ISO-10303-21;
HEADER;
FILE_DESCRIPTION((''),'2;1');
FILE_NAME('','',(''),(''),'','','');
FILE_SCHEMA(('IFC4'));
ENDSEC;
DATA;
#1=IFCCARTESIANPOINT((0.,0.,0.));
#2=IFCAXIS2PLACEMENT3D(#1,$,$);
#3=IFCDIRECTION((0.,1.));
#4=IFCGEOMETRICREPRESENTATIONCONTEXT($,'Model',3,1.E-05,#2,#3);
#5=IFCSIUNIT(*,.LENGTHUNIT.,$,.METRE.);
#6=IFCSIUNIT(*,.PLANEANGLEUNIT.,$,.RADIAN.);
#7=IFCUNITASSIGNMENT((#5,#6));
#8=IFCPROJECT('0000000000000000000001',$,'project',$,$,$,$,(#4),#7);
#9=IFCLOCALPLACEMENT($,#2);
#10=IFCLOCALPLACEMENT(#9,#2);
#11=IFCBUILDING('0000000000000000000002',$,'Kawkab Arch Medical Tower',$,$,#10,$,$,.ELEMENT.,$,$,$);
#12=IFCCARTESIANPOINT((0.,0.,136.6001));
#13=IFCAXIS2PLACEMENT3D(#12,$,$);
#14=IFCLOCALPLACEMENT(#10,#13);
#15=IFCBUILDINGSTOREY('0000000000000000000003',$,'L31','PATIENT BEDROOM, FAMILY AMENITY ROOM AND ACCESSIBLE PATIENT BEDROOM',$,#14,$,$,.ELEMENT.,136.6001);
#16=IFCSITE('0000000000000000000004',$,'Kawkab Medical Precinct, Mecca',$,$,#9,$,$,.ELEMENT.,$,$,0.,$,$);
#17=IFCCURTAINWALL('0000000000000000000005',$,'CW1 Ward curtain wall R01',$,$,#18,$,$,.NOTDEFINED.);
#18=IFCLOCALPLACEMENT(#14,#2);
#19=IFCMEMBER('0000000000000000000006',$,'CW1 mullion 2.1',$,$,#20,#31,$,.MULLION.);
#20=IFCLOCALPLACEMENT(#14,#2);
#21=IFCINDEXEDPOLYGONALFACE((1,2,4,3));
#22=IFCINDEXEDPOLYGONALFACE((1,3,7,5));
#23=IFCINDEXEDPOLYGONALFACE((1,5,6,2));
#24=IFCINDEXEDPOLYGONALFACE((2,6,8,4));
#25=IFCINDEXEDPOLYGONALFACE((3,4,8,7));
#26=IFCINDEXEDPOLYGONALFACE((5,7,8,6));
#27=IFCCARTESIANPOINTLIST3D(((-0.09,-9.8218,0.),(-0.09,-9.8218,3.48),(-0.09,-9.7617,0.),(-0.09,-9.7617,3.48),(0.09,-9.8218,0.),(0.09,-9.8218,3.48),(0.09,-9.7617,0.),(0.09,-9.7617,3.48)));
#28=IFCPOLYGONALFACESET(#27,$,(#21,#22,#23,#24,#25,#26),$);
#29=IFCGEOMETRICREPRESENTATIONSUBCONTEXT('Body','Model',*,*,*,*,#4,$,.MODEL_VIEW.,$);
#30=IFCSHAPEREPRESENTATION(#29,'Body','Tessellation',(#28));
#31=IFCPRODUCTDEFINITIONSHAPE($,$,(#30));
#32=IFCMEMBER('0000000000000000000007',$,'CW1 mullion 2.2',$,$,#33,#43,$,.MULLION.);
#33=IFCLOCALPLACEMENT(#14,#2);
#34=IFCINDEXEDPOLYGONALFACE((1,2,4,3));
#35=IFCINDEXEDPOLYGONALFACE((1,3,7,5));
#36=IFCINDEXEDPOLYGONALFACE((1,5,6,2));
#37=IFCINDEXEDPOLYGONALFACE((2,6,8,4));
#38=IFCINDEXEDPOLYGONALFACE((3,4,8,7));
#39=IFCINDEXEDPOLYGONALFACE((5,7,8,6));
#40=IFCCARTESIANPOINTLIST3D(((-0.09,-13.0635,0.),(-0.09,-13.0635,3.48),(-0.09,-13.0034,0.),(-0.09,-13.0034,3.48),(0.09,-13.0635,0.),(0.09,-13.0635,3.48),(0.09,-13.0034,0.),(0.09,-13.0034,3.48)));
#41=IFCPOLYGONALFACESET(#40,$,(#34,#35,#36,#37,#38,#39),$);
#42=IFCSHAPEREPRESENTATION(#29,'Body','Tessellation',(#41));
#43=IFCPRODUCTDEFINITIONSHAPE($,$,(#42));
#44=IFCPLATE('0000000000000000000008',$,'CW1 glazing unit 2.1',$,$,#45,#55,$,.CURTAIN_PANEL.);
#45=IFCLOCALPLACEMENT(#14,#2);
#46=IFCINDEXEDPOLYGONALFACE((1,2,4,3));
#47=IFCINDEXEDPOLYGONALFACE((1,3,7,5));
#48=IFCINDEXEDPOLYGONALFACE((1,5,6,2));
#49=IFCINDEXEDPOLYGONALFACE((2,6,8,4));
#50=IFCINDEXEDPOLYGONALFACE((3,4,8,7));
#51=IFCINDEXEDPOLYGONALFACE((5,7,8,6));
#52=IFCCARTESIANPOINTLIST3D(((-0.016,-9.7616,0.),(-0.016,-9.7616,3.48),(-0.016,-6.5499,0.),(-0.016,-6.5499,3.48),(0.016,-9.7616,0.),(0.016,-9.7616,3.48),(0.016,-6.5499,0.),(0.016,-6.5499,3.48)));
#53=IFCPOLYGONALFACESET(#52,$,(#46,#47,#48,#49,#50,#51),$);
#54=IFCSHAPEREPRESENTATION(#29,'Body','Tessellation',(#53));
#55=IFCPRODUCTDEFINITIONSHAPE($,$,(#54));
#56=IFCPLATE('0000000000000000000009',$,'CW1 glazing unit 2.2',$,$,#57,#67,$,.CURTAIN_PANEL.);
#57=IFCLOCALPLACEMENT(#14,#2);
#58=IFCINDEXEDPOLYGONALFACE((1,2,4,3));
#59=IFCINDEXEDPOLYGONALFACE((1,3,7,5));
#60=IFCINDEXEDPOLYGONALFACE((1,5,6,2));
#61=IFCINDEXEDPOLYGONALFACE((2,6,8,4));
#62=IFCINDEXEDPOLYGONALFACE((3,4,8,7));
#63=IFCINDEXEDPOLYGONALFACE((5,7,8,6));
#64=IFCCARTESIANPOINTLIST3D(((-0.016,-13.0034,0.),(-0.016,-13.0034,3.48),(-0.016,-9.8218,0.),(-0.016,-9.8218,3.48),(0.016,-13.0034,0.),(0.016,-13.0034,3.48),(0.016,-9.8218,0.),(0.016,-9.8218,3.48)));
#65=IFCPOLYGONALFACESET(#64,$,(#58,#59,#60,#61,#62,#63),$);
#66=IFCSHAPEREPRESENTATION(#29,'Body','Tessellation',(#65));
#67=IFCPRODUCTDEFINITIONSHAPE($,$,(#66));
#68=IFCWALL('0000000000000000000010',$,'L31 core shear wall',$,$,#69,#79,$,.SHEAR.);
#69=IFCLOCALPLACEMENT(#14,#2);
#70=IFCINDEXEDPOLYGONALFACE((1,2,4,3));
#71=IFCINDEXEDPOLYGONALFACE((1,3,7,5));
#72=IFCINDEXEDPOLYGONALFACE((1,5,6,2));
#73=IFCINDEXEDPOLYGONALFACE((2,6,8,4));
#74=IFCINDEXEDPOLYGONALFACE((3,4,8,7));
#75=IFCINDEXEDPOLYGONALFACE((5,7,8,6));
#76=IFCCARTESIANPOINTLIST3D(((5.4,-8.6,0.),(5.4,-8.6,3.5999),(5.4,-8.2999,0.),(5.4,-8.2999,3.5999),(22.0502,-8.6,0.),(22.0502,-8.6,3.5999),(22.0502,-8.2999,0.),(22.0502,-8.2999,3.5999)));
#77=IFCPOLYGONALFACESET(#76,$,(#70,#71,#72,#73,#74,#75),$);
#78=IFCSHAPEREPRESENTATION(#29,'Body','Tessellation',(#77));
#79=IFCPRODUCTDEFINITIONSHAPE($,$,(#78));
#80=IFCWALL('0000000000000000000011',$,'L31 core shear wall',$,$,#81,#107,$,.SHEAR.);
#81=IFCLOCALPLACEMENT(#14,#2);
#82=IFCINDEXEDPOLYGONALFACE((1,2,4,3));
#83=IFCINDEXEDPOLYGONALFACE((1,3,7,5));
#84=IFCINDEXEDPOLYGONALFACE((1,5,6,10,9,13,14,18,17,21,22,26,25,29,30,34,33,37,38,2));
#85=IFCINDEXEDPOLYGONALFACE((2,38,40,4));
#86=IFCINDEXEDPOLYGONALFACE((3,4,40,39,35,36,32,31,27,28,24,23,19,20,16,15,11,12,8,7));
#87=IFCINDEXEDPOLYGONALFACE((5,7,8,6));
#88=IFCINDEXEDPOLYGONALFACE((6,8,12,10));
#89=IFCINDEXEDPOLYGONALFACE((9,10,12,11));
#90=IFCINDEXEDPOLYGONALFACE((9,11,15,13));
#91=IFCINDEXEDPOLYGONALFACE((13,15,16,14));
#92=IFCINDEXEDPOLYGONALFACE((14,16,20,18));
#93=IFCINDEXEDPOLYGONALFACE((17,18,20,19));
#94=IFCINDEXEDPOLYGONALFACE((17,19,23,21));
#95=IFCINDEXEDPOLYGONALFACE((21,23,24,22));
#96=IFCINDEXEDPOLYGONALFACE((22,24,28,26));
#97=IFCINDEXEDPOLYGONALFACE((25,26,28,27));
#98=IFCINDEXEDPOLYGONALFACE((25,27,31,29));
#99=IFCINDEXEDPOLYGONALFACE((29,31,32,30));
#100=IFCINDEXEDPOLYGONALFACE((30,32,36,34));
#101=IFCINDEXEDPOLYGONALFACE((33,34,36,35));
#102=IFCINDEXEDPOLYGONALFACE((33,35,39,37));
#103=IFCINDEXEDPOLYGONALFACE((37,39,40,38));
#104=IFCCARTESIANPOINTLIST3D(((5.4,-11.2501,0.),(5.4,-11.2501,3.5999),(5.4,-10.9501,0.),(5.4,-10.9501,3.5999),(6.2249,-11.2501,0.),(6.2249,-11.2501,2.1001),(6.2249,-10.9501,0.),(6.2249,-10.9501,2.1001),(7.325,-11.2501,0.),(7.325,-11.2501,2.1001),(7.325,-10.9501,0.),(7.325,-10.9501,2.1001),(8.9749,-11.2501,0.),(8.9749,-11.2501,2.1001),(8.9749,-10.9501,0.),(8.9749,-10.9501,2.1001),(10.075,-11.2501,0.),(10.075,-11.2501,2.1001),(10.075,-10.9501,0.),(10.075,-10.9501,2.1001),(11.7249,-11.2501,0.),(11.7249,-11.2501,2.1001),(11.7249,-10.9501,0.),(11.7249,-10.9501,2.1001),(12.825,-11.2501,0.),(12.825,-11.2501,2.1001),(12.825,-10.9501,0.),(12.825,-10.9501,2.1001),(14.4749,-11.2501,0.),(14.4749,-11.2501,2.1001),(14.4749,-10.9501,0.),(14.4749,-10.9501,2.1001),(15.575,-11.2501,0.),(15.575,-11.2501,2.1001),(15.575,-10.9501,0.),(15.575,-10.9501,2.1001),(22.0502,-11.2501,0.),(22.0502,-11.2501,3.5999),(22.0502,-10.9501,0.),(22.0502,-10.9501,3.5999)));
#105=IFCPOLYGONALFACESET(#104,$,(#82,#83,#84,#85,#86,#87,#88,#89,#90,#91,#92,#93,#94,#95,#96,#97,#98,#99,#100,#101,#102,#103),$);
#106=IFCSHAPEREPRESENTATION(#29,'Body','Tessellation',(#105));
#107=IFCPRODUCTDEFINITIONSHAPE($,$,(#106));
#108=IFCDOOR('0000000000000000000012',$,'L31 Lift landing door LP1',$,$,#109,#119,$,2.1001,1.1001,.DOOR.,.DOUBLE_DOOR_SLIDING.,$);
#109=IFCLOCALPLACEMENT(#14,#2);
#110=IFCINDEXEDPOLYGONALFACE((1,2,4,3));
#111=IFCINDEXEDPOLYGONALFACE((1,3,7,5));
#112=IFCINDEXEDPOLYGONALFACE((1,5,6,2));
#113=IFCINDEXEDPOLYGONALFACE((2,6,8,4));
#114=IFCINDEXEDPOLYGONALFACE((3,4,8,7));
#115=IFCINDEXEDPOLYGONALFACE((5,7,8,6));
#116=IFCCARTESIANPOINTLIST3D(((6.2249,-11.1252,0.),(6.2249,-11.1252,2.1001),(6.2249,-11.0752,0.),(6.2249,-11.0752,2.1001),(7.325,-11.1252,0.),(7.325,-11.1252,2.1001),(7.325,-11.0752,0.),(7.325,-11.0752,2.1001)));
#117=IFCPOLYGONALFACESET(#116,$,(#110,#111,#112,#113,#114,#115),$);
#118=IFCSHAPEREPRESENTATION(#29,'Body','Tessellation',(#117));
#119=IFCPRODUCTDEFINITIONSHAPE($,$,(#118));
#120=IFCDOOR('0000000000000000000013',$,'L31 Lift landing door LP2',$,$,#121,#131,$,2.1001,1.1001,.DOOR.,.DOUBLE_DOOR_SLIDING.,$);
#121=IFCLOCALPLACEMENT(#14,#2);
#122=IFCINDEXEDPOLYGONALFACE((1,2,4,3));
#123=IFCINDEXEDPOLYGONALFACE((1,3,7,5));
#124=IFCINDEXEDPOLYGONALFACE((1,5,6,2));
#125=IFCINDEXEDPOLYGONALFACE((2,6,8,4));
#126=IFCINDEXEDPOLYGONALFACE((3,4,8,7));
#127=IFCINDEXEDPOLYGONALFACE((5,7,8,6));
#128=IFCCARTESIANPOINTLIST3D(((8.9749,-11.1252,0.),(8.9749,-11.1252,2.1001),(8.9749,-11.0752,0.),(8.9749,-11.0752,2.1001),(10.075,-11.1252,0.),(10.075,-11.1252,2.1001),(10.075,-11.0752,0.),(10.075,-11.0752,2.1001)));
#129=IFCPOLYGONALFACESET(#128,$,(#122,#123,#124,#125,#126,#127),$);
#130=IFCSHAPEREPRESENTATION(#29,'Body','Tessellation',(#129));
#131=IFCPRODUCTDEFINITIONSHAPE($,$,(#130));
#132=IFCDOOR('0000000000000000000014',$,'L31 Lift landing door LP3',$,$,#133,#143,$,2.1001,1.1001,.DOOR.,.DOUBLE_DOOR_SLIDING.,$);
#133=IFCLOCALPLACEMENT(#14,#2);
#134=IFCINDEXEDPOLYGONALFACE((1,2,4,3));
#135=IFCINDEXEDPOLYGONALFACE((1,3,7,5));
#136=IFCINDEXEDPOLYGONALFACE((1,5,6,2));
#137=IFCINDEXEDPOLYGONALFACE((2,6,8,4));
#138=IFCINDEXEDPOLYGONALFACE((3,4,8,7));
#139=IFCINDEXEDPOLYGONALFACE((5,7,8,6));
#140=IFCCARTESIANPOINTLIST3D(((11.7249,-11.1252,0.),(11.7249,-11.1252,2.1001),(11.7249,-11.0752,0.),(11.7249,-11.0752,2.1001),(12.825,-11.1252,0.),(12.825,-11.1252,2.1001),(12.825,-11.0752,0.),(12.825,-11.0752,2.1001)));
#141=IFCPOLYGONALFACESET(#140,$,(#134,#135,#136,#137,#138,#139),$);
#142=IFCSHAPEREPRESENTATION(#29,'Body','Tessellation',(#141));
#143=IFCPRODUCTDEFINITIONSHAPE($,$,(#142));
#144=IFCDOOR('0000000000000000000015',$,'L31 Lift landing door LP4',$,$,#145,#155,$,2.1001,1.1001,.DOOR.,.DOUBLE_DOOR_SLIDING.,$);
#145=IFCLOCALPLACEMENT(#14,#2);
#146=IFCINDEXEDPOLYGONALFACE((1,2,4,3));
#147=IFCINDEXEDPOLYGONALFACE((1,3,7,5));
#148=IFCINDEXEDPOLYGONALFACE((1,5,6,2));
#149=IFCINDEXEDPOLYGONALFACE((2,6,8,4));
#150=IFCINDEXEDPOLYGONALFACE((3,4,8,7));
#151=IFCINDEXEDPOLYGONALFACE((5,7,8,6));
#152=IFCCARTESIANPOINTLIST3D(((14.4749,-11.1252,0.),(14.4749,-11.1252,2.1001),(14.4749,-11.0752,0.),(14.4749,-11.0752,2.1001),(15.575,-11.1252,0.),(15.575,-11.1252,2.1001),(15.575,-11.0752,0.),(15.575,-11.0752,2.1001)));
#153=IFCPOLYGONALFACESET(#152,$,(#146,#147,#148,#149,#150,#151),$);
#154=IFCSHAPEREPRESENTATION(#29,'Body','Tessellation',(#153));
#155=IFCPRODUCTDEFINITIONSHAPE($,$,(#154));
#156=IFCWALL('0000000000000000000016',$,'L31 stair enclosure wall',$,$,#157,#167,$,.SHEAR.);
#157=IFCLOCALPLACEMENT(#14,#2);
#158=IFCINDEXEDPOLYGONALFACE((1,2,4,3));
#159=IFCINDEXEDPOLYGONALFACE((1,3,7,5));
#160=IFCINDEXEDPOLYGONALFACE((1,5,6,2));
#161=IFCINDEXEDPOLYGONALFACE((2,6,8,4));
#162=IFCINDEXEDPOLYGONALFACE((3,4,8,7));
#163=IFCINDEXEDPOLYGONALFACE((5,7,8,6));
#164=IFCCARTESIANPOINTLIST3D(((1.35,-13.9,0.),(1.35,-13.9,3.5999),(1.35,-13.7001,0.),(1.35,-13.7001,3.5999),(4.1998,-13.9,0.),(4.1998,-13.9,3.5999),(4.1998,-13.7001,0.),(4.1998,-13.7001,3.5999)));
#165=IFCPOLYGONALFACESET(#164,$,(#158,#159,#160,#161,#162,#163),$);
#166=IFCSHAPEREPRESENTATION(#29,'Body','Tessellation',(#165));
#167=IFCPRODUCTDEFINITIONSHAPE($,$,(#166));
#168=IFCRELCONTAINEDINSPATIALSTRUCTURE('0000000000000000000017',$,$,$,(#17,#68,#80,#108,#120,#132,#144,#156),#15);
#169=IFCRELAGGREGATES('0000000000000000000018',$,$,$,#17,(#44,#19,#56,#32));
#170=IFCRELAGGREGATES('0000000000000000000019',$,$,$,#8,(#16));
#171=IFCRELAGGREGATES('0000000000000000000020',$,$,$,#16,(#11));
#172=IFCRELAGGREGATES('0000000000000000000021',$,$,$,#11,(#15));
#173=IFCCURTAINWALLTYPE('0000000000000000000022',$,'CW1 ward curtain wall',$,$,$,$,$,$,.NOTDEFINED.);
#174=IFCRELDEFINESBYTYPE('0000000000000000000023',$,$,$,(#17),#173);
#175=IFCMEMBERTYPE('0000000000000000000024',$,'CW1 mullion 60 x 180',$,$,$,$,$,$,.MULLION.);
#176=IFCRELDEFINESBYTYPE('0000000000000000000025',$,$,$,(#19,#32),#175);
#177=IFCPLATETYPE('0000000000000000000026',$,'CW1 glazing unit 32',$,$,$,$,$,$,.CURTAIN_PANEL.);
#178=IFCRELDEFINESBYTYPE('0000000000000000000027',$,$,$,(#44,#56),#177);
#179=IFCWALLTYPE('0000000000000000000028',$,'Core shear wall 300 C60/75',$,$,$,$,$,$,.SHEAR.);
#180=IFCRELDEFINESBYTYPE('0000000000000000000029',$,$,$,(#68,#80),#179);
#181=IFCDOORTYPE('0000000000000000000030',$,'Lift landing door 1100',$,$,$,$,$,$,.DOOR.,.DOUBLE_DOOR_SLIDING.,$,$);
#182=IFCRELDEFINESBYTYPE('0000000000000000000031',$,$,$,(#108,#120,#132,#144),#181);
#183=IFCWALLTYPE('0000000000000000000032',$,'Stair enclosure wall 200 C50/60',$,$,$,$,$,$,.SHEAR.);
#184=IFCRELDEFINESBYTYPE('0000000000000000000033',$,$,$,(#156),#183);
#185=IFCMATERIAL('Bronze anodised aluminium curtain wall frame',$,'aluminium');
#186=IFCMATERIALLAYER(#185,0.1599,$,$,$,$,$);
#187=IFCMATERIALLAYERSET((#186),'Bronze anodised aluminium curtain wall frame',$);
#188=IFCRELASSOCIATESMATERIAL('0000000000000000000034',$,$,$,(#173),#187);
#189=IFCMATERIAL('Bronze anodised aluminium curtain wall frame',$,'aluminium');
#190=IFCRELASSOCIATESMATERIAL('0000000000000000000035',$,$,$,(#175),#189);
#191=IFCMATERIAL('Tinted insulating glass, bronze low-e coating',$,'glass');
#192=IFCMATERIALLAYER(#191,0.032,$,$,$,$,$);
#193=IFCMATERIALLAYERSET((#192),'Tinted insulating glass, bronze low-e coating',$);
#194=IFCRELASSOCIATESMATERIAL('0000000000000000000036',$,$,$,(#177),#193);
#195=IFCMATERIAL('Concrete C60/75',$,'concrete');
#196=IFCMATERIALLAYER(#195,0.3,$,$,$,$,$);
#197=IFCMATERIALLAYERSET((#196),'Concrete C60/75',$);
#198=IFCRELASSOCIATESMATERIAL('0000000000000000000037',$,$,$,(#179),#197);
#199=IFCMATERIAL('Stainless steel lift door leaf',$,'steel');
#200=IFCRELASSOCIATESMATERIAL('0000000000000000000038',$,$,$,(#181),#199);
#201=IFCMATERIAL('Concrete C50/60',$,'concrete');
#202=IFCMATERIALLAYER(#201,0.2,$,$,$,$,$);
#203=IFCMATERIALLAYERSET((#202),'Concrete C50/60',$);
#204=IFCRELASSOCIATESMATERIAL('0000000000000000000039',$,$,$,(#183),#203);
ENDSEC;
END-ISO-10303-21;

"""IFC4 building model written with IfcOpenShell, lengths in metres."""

from ifc_helpers import new_model, si_unit, direction, frame, frame_2d, origin, origin_2d, place, context, subcontext, project, spatial, rectangle, extrude, material, layer, layer_set, material_profile, profile_set, type_object, element, fill, aggregate, save


model = new_model("IFC4")

# Units and contexts
model_context = context("Model", 3, precision=1e-05, world=origin(), true_north=direction((0.0, 1.0)))
body_context = subcontext(model_context, "Body", "Model", "MODEL_VIEW")
ifc_project = project(units=[si_unit("LENGTHUNIT", "METRE"), si_unit("PLANEANGLEUNIT", "RADIAN")], contexts=[model_context])

# Site, building, storey
site_placement = place(None, origin())
site = spatial("IfcSite", under=ifc_project, at=site_placement, Name="Kawkab Medical Precinct, Mecca", CompositionType="ELEMENT", RefElevation=0.0)
building_placement = place(site_placement, origin())
building = spatial("IfcBuilding", under=site, at=building_placement, Name="Kawkab Arch Medical Tower", CompositionType="ELEMENT")
storey_placement = place(building_placement, frame((0.0, 0.0, 136.6001)))
storey = spatial("IfcBuildingStorey", under=building, at=storey_placement, Name="L31", Description="PATIENT BEDROOM, FAMILY AMENITY ROOM AND ACCESSIBLE PATIENT BEDROOM", CompositionType="ELEMENT", Elevation=136.6001)

# Curtain wall, members, plates
ifc_material_1 = material(Name="Bronze anodised aluminium curtain wall frame", Category="aluminium")
ifc_layer_1 = layer(ifc_material_1, 0.1599)
ifc_layer_set_1 = layer_set([ifc_layer_1], Name="Bronze anodised aluminium curtain wall frame")
curtain_wall_type = type_object("IfcCurtainWallType", Name="CW1 ward curtain wall", PredefinedType="NOTDEFINED", material=ifc_layer_set_1)
placement = place(storey_placement, origin())
curtain_wall = element("IfcCurtainWall", 1, at=placement, inside=storey, type_object=curtain_wall_type, Name="CW1 Ward curtain wall R01", PredefinedType="NOTDEFINED")
ifc_material_2 = material(Name="Bronze anodised aluminium curtain wall frame", Category="aluminium")
ifc_material_profile_1 = material_profile(ifc_material_2, rectangle(XDim=0.1799, YDim=0.0601, at=origin_2d()), Name="AL 60x180")
ifc_profile_set_1 = profile_set([ifc_material_profile_1], Name="Bronze anodised aluminium curtain wall frame")
member_type = type_object("IfcMemberType", Name="CW1 mullion 60 x 180", PredefinedType="MULLION", material=ifc_profile_set_1)
member_1_placement = place(storey_placement, frame((0.0, -9.7917, 0.0), z_axis=(0.0, 0.0, 1.0), x_axis=(1.0, 0.0, 0.0)))
member_1 = element("IfcMember", 2, at=member_1_placement, type_object=member_type, Name="CW1 mullion 2.1", PredefinedType="MULLION", context=body_context, shape_type="SweptSolid", body=[
    extrude(rectangle(XDim=0.1799, YDim=0.0601, at=origin_2d()), origin(), (0.0, 0.0, 1.0), 3.48),
])
member_2_placement = place(storey_placement, frame((0.0, -13.0334, 0.0), z_axis=(0.0, 0.0, 1.0), x_axis=(1.0, 0.0, 0.0)))
member_2 = element("IfcMember", 3, at=member_2_placement, type_object=member_type, Name="CW1 mullion 2.2", PredefinedType="MULLION", context=body_context, shape_type="SweptSolid", body=[
    extrude(rectangle(XDim=0.1799, YDim=0.0601, at=origin_2d()), origin(), (0.0, 0.0, 1.0), 3.48),
])
ifc_material_3 = material(Name="Tinted insulating glass, bronze low-e coating", Category="glass")
ifc_layer_2 = layer(ifc_material_3, 0.032)
ifc_layer_set_2 = layer_set([ifc_layer_2], Name="Tinted insulating glass, bronze low-e coating")
plate_type = type_object("IfcPlateType", Name="CW1 glazing unit 32", PredefinedType="CURTAIN_PANEL", material=ifc_layer_set_2)
plate_1_placement = place(storey_placement, frame((0.0, -8.1558, 0.0), z_axis=(0.0, 0.0, 1.0), x_axis=(0.0, -1.0, 0.0)))
plate_1 = element("IfcPlate", 4, at=plate_1_placement, type_object=plate_type, Name="CW1 glazing unit 2.1", PredefinedType="CURTAIN_PANEL", context=body_context, shape_type="SweptSolid", body=[
    extrude(rectangle(XDim=3.2117, YDim=0.032, at=origin_2d()), origin(), (0.0, 0.0, 1.0), 3.48),
])
plate_2_placement = place(storey_placement, frame((0.0, -11.4126, 0.0), z_axis=(0.0, 0.0, 1.0), x_axis=(0.0, -1.0, 0.0)))
plate_2 = element("IfcPlate", 5, at=plate_2_placement, type_object=plate_type, Name="CW1 glazing unit 2.2", PredefinedType="CURTAIN_PANEL", context=body_context, shape_type="SweptSolid", body=[
    extrude(rectangle(XDim=3.1816, YDim=0.032, at=origin_2d()), origin(), (0.0, 0.0, 1.0), 3.48),
])
aggregate(curtain_wall, [plate_1, member_1, plate_2, member_2])

# Wall
ifc_material_4 = material(Name="Concrete C60/75", Category="concrete")
ifc_layer_3 = layer(ifc_material_4, 0.3)
ifc_layer_set_3 = layer_set([ifc_layer_3], Name="Concrete C60/75")
wall_type_1 = type_object("IfcWallType", Name="Core shear wall 300 C60/75", PredefinedType="SHEAR", material=ifc_layer_set_3)
wall_1_placement = place(storey_placement, frame((5.3999, -8.45, 0.0), z_axis=(0.0, 0.0, 1.0), x_axis=(1.0, 0.0, 0.0)))
element("IfcWall", 6, at=wall_1_placement, inside=storey, type_object=wall_type_1, Name="L31 core shear wall", PredefinedType="SHEAR", context=body_context, shape_type="SweptSolid", body=[
    extrude(rectangle(XDim=16.6501, YDim=0.3, at=frame_2d((8.3252, 0.0))), origin(), (0.0, 0.0, 1.0), 3.5999),
])

# Wall, openings, doors
wall_2_placement = place(storey_placement, frame((5.3999, -11.1001, 0.0), z_axis=(0.0, 0.0, 1.0), x_axis=(1.0, 0.0, 0.0)))
wall_2 = element("IfcWall", 7, at=wall_2_placement, inside=storey, type_object=wall_type_1, Name="L31 core shear wall", PredefinedType="SHEAR", context=body_context, shape_type="SweptSolid", body=[
    extrude(rectangle(XDim=16.6501, YDim=0.3, at=frame_2d((8.3252, 0.0))), origin(), (0.0, 0.0, 1.0), 3.5999),
])
opening_1_placement = place(wall_2_placement, frame((0.825, 0.0, 0.0)))
opening_1 = element("IfcOpeningElement", 8, at=opening_1_placement, cuts=wall_2, PredefinedType="OPENING", context=body_context, shape_type="SweptSolid", body=[
    extrude(rectangle(XDim=1.1001, YDim=2.1001, at=frame_2d((0.55, 1.05))), frame((0.0, 0.1599, 0.0), z_axis=(0.0, -1.0, 0.0), x_axis=(1.0, 0.0, 0.0)), (0.0, 0.0, 1.0), 0.3201),
])
opening_2_placement = place(wall_2_placement, frame((3.575, 0.0, 0.0)))
opening_2 = element("IfcOpeningElement", 9, at=opening_2_placement, cuts=wall_2, PredefinedType="OPENING", context=body_context, shape_type="SweptSolid", body=[
    extrude(rectangle(XDim=1.1001, YDim=2.1001, at=frame_2d((0.55, 1.05))), frame((0.0, 0.1599, 0.0), z_axis=(0.0, -1.0, 0.0), x_axis=(1.0, 0.0, 0.0)), (0.0, 0.0, 1.0), 0.3201),
])
opening_3_placement = place(wall_2_placement, frame((6.325, 0.0, 0.0)))
opening_3 = element("IfcOpeningElement", 10, at=opening_3_placement, cuts=wall_2, PredefinedType="OPENING", context=body_context, shape_type="SweptSolid", body=[
    extrude(rectangle(XDim=1.1001, YDim=2.1001, at=frame_2d((0.55, 1.05))), frame((0.0, 0.1599, 0.0), z_axis=(0.0, -1.0, 0.0), x_axis=(1.0, 0.0, 0.0)), (0.0, 0.0, 1.0), 0.3201),
])
opening_4_placement = place(wall_2_placement, frame((9.075, 0.0, 0.0)))
opening_4 = element("IfcOpeningElement", 11, at=opening_4_placement, cuts=wall_2, PredefinedType="OPENING", context=body_context, shape_type="SweptSolid", body=[
    extrude(rectangle(XDim=1.1001, YDim=2.1001, at=frame_2d((0.55, 1.05))), frame((0.0, 0.1599, 0.0), z_axis=(0.0, -1.0, 0.0), x_axis=(1.0, 0.0, 0.0)), (0.0, 0.0, 1.0), 0.3201),
])
ifc_material_5 = material(Name="Stainless steel lift door leaf", Category="steel")
door_type = type_object("IfcDoorType", Name="Lift landing door 1100", OperationType="DOUBLE_DOOR_SLIDING", PredefinedType="DOOR", material=ifc_material_5)
door_1_placement = place(opening_1_placement, origin())
door_1 = element("IfcDoor", 12, at=door_1_placement, inside=storey, type_object=door_type, Name="L31 Lift landing door LP1", OperationType="DOUBLE_DOOR_SLIDING", OverallHeight=2.1001, OverallWidth=1.1001, PredefinedType="DOOR", context=body_context, shape_type="SweptSolid", body=[
    extrude(rectangle(XDim=1.1001, YDim=2.1001, at=frame_2d((0.55, 1.05))), frame((0.0, 0.0249, 0.0), z_axis=(0.0, -1.0, 0.0), x_axis=(1.0, 0.0, 0.0)), (0.0, 0.0, 1.0), 0.05),
])
fill(opening_1, door_1)
door_2_placement = place(opening_2_placement, origin())
door_2 = element("IfcDoor", 13, at=door_2_placement, inside=storey, type_object=door_type, Name="L31 Lift landing door LP2", OperationType="DOUBLE_DOOR_SLIDING", OverallHeight=2.1001, OverallWidth=1.1001, PredefinedType="DOOR", context=body_context, shape_type="SweptSolid", body=[
    extrude(rectangle(XDim=1.1001, YDim=2.1001, at=frame_2d((0.55, 1.05))), frame((0.0, 0.0249, 0.0), z_axis=(0.0, -1.0, 0.0), x_axis=(1.0, 0.0, 0.0)), (0.0, 0.0, 1.0), 0.05),
])
fill(opening_2, door_2)
door_3_placement = place(opening_3_placement, origin())
door_3 = element("IfcDoor", 14, at=door_3_placement, inside=storey, type_object=door_type, Name="L31 Lift landing door LP3", OperationType="DOUBLE_DOOR_SLIDING", OverallHeight=2.1001, OverallWidth=1.1001, PredefinedType="DOOR", context=body_context, shape_type="SweptSolid", body=[
    extrude(rectangle(XDim=1.1001, YDim=2.1001, at=frame_2d((0.55, 1.05))), frame((0.0, 0.0249, 0.0), z_axis=(0.0, -1.0, 0.0), x_axis=(1.0, 0.0, 0.0)), (0.0, 0.0, 1.0), 0.05),
])
fill(opening_3, door_3)
door_4_placement = place(opening_4_placement, origin())
door_4 = element("IfcDoor", 15, at=door_4_placement, inside=storey, type_object=door_type, Name="L31 Lift landing door LP4", OperationType="DOUBLE_DOOR_SLIDING", OverallHeight=2.1001, OverallWidth=1.1001, PredefinedType="DOOR", context=body_context, shape_type="SweptSolid", body=[
    extrude(rectangle(XDim=1.1001, YDim=2.1001, at=frame_2d((0.55, 1.05))), frame((0.0, 0.0249, 0.0), z_axis=(0.0, -1.0, 0.0), x_axis=(1.0, 0.0, 0.0)), (0.0, 0.0, 1.0), 0.05),
])
fill(opening_4, door_4)

# Wall
ifc_material_6 = material(Name="Concrete C50/60", Category="concrete")
ifc_layer_4 = layer(ifc_material_6, 0.2)
ifc_layer_set_4 = layer_set([ifc_layer_4], Name="Concrete C50/60")
wall_type_2 = type_object("IfcWallType", Name="Stair enclosure wall 200 C50/60", PredefinedType="SHEAR", material=ifc_layer_set_4)
wall_3_placement = place(storey_placement, frame((1.3501, -13.8, 0.0), z_axis=(0.0, 0.0, 1.0), x_axis=(1.0, 0.0, 0.0)))
element("IfcWall", 16, at=wall_3_placement, inside=storey, type_object=wall_type_2, Name="L31 stair enclosure wall", PredefinedType="SHEAR", context=body_context, shape_type="SweptSolid", body=[
    extrude(rectangle(XDim=2.8499, YDim=0.2, at=frame_2d((1.4248, 0.0))), origin(), (0.0, 0.0, 1.0), 3.5999),
])

save(model, "model.ifc")
